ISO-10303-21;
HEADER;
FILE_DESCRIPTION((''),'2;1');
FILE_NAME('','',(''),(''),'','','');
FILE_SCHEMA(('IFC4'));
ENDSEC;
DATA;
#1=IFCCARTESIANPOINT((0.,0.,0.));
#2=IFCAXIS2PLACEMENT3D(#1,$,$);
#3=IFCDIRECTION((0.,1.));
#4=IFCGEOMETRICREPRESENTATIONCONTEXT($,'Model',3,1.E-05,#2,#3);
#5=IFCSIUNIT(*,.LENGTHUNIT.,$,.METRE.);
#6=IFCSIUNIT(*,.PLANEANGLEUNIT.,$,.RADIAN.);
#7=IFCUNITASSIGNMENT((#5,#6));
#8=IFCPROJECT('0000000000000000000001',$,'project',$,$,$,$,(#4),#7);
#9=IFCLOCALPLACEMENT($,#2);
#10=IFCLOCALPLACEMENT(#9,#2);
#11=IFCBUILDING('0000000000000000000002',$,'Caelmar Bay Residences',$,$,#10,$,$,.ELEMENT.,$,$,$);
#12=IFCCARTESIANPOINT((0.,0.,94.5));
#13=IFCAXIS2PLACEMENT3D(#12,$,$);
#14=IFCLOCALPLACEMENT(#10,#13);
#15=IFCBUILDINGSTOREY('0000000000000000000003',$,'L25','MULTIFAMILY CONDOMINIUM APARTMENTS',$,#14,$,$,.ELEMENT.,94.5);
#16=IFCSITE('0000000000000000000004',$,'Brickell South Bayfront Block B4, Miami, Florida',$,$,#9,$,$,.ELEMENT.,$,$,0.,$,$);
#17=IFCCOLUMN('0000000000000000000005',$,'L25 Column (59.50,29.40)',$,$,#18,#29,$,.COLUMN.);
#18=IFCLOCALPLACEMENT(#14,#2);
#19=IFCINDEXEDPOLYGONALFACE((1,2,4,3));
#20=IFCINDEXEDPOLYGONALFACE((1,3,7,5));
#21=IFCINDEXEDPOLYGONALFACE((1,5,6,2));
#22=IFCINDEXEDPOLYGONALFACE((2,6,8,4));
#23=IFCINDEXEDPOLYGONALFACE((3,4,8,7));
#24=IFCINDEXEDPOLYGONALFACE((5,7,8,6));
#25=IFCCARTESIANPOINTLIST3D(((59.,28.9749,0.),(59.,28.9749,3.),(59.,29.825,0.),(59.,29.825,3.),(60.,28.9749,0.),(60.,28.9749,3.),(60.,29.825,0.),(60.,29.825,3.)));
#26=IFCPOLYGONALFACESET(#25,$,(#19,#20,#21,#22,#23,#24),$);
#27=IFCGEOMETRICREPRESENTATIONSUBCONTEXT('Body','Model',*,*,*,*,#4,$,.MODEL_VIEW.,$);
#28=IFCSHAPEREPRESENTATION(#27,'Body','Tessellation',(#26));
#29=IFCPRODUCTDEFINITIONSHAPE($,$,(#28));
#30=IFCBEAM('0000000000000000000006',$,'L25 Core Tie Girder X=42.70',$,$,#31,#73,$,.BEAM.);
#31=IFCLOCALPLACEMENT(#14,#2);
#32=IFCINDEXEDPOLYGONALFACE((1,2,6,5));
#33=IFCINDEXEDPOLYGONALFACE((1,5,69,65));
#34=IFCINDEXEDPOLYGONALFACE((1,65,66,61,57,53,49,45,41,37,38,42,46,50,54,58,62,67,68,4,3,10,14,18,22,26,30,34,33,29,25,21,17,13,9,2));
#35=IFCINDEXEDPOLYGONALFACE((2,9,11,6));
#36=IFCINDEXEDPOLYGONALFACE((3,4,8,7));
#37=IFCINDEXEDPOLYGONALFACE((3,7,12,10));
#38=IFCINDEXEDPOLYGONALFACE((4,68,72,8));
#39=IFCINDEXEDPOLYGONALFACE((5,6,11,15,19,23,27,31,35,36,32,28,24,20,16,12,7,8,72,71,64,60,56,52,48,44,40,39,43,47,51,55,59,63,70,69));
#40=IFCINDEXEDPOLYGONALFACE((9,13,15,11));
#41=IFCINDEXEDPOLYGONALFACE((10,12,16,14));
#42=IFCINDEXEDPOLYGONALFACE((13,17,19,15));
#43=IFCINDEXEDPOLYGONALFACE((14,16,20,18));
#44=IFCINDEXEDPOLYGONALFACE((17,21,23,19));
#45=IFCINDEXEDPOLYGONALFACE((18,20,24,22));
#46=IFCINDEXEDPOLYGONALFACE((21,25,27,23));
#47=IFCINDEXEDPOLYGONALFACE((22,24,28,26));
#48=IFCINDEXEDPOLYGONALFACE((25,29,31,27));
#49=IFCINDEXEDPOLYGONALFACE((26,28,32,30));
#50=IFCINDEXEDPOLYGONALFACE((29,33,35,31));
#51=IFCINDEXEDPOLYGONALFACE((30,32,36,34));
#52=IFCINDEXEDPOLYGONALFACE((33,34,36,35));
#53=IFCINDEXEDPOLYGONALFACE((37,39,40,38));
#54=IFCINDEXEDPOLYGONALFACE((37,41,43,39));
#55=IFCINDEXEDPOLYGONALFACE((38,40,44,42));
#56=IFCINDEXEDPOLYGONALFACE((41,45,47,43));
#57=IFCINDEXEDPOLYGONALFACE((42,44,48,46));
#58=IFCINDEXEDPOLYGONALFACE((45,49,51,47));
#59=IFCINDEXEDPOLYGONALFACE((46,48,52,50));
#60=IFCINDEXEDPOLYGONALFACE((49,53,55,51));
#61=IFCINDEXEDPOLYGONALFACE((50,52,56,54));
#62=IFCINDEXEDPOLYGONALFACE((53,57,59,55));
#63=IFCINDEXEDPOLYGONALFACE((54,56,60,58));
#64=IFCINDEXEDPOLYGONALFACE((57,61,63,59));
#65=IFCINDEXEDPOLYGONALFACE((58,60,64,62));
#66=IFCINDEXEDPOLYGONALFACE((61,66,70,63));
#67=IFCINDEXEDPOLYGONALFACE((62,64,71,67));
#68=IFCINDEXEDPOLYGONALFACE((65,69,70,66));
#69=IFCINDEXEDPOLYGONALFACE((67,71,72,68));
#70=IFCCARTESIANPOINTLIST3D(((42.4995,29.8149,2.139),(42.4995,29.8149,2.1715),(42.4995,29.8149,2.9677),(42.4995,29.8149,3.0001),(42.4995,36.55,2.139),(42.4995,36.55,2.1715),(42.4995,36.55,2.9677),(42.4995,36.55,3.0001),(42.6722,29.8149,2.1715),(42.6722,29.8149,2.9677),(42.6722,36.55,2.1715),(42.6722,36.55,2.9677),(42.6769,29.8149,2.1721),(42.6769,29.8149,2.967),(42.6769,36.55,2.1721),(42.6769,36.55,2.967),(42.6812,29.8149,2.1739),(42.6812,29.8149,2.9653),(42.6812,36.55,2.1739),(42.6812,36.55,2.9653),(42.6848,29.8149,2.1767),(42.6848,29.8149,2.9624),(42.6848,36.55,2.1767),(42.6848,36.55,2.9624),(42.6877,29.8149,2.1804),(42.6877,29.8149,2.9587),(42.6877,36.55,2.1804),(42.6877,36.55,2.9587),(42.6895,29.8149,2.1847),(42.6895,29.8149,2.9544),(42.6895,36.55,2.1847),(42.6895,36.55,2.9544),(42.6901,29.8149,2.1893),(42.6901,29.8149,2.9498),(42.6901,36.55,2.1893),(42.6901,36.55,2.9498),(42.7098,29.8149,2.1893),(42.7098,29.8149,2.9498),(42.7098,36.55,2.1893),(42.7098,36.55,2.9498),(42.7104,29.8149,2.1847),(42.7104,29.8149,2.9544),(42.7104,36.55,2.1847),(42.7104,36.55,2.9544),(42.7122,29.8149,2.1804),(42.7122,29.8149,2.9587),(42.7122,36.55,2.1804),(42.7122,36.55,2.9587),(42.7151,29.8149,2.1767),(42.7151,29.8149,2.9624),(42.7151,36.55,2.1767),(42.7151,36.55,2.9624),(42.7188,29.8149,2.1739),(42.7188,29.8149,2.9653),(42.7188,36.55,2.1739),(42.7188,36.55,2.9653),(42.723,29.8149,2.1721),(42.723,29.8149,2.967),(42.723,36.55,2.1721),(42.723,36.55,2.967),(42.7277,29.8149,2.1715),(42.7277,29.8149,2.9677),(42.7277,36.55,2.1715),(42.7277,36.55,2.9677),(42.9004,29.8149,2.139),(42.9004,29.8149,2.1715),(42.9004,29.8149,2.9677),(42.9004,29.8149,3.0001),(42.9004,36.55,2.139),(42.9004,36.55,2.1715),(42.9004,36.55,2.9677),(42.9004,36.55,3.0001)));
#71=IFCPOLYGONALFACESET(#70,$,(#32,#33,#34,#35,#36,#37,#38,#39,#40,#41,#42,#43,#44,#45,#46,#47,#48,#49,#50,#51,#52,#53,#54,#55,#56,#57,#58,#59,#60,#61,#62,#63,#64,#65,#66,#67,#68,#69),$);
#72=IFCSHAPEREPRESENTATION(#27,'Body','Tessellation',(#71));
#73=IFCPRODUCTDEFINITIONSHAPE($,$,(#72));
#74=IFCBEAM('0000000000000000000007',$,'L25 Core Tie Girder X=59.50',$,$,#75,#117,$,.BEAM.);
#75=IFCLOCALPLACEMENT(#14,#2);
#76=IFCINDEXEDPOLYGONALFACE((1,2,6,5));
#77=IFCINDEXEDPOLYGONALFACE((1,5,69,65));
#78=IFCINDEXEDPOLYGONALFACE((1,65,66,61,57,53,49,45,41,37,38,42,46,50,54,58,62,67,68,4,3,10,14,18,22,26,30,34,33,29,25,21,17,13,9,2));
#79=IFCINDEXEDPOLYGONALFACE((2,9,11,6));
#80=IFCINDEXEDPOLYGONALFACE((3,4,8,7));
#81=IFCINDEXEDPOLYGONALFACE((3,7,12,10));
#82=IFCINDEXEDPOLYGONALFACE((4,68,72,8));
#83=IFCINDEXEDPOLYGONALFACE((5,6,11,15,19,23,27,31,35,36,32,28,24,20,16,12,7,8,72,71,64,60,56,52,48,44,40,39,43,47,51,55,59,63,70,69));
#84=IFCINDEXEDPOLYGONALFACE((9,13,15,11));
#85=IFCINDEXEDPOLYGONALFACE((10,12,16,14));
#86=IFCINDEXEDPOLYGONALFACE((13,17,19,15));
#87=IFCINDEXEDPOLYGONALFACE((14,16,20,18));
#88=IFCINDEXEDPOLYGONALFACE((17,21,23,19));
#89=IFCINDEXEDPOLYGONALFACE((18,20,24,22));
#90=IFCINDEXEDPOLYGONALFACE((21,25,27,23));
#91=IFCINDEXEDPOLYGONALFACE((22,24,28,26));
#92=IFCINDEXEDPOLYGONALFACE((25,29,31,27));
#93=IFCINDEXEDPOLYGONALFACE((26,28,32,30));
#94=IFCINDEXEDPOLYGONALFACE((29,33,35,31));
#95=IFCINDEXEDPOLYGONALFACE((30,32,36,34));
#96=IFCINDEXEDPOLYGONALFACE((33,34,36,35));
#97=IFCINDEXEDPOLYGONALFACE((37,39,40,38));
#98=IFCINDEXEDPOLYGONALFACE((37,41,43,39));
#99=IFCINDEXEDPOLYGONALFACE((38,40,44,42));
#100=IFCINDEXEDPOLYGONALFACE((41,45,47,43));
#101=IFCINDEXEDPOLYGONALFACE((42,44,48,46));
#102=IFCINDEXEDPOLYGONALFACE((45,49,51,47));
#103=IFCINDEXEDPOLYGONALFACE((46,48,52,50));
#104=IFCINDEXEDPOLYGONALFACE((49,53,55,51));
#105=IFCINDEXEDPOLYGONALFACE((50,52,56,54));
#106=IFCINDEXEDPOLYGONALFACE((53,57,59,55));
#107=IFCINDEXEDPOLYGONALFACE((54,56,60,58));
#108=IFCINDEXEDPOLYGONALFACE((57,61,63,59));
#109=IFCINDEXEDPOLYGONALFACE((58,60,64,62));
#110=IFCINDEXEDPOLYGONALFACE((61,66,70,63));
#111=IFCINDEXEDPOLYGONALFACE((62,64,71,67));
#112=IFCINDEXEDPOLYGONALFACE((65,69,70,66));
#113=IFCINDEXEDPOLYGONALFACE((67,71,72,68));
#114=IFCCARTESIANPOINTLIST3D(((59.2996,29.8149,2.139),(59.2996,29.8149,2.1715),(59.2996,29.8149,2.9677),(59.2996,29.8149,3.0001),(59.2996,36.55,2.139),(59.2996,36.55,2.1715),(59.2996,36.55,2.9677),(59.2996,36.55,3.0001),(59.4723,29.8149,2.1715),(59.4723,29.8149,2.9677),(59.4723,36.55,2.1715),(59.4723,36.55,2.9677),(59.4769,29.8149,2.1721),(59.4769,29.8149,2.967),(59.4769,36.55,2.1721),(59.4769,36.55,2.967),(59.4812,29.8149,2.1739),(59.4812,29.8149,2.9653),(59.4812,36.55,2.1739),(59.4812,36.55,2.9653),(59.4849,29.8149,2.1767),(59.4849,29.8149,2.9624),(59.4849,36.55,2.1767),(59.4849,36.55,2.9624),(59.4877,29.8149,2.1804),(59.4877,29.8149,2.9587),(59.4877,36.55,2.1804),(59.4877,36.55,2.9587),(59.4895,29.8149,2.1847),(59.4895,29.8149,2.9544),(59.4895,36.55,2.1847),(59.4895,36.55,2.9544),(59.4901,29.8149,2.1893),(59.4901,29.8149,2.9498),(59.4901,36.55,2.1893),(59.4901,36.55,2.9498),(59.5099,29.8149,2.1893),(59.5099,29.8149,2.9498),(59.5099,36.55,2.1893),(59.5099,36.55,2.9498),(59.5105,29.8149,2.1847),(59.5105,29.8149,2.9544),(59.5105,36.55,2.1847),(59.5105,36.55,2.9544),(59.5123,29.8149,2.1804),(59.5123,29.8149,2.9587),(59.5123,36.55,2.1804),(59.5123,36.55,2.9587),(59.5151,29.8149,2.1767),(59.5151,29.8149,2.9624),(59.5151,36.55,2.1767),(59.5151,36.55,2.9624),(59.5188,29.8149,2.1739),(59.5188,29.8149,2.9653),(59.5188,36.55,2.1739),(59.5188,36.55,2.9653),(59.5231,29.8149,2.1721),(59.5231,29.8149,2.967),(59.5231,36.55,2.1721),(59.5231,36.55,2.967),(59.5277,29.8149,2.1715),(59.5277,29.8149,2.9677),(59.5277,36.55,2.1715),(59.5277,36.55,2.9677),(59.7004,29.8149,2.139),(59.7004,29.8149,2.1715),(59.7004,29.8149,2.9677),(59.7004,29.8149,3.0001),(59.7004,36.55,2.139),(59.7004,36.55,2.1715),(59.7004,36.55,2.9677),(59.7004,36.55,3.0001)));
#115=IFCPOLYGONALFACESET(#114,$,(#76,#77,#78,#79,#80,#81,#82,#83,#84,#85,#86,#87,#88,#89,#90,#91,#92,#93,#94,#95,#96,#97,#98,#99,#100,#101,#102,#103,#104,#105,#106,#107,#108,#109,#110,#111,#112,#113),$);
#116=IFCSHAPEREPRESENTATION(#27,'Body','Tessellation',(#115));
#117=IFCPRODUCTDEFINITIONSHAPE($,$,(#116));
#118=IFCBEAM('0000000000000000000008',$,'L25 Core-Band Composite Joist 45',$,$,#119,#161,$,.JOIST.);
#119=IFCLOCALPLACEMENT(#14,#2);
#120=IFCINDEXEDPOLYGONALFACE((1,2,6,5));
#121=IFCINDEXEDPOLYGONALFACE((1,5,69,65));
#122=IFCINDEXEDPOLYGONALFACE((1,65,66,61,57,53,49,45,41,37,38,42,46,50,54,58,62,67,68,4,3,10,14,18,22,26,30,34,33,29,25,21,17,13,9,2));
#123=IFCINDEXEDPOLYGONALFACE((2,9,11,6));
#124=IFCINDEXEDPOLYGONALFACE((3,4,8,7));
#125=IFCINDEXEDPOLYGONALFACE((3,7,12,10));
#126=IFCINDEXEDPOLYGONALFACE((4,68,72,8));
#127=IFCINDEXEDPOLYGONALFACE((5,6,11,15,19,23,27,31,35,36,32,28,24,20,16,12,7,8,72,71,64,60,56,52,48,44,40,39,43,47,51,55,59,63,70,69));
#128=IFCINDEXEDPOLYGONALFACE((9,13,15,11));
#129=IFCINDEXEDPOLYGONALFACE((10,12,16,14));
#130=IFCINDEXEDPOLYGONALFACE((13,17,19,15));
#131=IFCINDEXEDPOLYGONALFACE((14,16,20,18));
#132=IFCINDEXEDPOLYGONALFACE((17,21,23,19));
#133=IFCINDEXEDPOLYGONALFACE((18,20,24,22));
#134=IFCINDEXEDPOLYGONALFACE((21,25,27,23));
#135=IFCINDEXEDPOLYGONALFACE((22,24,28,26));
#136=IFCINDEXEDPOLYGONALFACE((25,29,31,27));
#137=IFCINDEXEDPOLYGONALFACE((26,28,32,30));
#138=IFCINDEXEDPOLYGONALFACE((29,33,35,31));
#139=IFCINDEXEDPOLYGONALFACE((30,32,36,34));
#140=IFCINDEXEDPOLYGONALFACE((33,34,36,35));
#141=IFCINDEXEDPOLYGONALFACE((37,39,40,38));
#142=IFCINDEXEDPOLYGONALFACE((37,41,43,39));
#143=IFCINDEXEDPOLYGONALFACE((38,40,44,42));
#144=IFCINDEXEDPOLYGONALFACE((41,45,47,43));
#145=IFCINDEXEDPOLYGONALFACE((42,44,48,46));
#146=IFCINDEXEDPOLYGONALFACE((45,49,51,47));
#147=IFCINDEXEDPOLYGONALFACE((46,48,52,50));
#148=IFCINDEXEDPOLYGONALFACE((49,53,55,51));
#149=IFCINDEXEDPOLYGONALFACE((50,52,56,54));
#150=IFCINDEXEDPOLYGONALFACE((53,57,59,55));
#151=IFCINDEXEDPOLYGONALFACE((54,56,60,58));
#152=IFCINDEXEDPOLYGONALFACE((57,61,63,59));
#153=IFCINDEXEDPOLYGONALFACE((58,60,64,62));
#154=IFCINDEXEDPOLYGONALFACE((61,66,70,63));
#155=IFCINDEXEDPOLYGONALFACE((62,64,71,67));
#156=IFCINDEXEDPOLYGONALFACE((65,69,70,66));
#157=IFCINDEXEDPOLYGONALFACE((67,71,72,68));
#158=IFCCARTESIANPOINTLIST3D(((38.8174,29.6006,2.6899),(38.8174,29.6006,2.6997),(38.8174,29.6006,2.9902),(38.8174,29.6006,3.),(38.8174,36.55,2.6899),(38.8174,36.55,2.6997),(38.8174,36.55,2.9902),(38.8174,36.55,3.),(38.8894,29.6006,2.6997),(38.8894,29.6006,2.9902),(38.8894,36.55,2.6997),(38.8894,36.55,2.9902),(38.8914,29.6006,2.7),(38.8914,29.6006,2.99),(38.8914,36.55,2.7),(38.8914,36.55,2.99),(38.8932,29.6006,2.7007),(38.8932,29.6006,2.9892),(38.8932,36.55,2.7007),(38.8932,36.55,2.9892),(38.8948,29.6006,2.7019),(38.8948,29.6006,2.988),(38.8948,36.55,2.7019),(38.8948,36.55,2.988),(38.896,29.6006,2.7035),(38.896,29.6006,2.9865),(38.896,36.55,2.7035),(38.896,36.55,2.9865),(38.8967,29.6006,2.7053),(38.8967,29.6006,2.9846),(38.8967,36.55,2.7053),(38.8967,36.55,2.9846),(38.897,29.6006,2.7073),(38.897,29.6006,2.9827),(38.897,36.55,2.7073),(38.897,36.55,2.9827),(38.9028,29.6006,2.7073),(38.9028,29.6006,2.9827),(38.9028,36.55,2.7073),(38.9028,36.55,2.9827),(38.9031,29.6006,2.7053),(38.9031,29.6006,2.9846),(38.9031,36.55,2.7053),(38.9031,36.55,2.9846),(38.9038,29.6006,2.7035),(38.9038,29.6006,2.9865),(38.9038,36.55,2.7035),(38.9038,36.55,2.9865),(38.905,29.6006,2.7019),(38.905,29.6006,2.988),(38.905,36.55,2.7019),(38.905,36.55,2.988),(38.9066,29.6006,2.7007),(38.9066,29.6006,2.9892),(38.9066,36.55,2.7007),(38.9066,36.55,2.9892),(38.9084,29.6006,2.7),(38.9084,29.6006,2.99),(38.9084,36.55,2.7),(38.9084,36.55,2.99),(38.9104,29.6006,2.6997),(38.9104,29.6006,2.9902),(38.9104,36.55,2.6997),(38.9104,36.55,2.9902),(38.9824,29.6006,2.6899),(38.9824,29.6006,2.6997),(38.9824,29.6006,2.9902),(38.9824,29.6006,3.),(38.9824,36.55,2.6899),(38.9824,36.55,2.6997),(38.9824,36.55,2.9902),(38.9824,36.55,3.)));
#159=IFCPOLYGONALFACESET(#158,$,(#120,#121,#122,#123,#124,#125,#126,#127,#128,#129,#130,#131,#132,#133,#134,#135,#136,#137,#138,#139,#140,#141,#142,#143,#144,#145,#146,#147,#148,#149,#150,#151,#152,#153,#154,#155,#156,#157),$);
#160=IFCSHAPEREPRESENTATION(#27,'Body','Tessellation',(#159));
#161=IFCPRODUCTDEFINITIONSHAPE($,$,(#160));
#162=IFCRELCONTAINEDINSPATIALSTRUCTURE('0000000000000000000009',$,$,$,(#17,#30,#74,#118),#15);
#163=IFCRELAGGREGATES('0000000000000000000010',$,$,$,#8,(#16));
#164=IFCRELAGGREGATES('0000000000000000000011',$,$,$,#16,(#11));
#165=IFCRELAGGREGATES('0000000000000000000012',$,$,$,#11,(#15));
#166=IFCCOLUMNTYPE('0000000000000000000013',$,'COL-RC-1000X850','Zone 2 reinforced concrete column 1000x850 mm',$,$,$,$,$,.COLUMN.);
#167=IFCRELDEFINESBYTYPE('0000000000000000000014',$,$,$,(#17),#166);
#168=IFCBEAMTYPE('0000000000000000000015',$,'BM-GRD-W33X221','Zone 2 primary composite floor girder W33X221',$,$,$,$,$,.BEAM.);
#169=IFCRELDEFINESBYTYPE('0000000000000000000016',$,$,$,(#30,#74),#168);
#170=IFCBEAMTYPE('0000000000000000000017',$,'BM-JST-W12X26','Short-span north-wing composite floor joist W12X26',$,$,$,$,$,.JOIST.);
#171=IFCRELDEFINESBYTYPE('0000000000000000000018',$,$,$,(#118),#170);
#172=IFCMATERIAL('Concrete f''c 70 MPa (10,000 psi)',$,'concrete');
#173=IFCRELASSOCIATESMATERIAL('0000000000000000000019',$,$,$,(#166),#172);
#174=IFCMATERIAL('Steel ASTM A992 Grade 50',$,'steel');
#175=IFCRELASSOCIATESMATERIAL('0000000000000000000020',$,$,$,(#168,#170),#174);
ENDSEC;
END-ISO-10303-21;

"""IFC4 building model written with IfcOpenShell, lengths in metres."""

from ifc_helpers import new_model, si_unit, direction, frame, origin, origin_2d, place, context, subcontext, project, spatial, rectangle, i_section, extrude, material, material_profile, profile_set, type_object, element, save


model = new_model("IFC4")

# Units and contexts
model_context = context("Model", 3, precision=1e-05, world=origin(), true_north=direction((0.0, 1.0)))
body_context = subcontext(model_context, "Body", "Model", "MODEL_VIEW")
ifc_project = project(units=[si_unit("LENGTHUNIT", "METRE"), si_unit("PLANEANGLEUNIT", "RADIAN")], contexts=[model_context])

# Site, building, storey
site_placement = place(None, origin())
site = spatial("IfcSite", under=ifc_project, at=site_placement, Name="Brickell South Bayfront Block B4, Miami, Florida", CompositionType="ELEMENT", RefElevation=0.0)
building_placement = place(site_placement, origin())
building = spatial("IfcBuilding", under=site, at=building_placement, Name="Caelmar Bay Residences", CompositionType="ELEMENT")
storey_placement = place(building_placement, frame((0.0, 0.0, 94.5)))
storey = spatial("IfcBuildingStorey", under=building, at=storey_placement, Name="L25", Description="MULTIFAMILY CONDOMINIUM APARTMENTS", CompositionType="ELEMENT", Elevation=94.5)

# Column
ifc_material_1 = material(Name="Concrete f'c 70 MPa (10,000 psi)", Category="concrete")
ifc_material_profile_1 = material_profile(ifc_material_1, rectangle(XDim=1.0, YDim=0.8501, at=origin_2d()), Name="RC-COL-1000X850")
ifc_profile_set_1 = profile_set([ifc_material_profile_1], Name="Concrete f'c 70 MPa (10,000 psi)")
column_type = type_object("IfcColumnType", Name="COL-RC-1000X850", Description="Zone 2 reinforced concrete column 1000x850 mm", PredefinedType="COLUMN", material=ifc_profile_set_1)
column_placement = place(storey_placement, frame((59.5, 29.3999, 0.0), z_axis=(0.0, 0.0, 1.0), x_axis=(1.0, 0.0, 0.0)))
element("IfcColumn", 1, at=column_placement, inside=storey, type_object=column_type, Name="L25 Column (59.50,29.40)", PredefinedType="COLUMN", context=body_context, shape_type="SweptSolid", body=[
    extrude(rectangle(XDim=1.0, YDim=0.8501, at=origin_2d()), origin(), (0.0, 0.0, 1.0), 3.0),
])

# Beams
ifc_material_2 = material(Name="Steel ASTM A992 Grade 50", Category="steel")
ifc_material_profile_2 = material_profile(ifc_material_2, i_section(OverallWidth=0.4009, OverallDepth=0.8611, WebThickness=0.0198, FlangeThickness=0.0325, FilletRadius=0.0178, at=origin_2d()), Name="W33X221")
ifc_profile_set_2 = profile_set([ifc_material_profile_2], Name="Steel ASTM A992 Grade 50")
beam_type_1 = type_object("IfcBeamType", Name="BM-GRD-W33X221", Description="Zone 2 primary composite floor girder W33X221", PredefinedType="BEAM", material=ifc_profile_set_2)
for number, where, z_axis, x_axis, name in (
    (2, (42.7, 29.8149, 2.5696), (0.0, 1.0, 0.0), (-1.0, 0.0, 0.0), "L25 Core Tie Girder X=42.70"),
    (3, (59.5, 29.8149, 2.5696), (0.0, 1.0, 0.0), (-1.0, 0.0, 0.0), "L25 Core Tie Girder X=59.50"),
):
    element("IfcBeam", number, at=place(storey_placement, frame(where, z_axis=z_axis, x_axis=x_axis)), inside=storey, type_object=beam_type_1, Name=name, PredefinedType="BEAM", context=body_context, shape_type="SweptSolid", body=[
        extrude(i_section(OverallWidth=0.4009, OverallDepth=0.8611, WebThickness=0.0198, FlangeThickness=0.0325, FilletRadius=0.0178, at=origin_2d()), origin(), (0.0, 0.0, 1.0), 6.7351),
    ])
ifc_material_profile_3 = material_profile(ifc_material_2, i_section(OverallWidth=0.165, OverallDepth=0.3101, WebThickness=0.0059, FlangeThickness=0.0098, FilletRadius=0.0076, at=origin_2d()), Name="W12X26")
ifc_profile_set_3 = profile_set([ifc_material_profile_3], Name="Steel ASTM A992 Grade 50")
beam_type_2 = type_object("IfcBeamType", Name="BM-JST-W12X26", Description="Short-span north-wing composite floor joist W12X26", PredefinedType="JOIST", material=ifc_profile_set_3)
for number, where, z_axis, x_axis, name in (
    (4, (38.8999, 29.6006, 2.845), (0.0, 1.0, 0.0), (-1.0, 0.0, 0.0), "L25 Core-Band Composite Joist 45"),
):
    element("IfcBeam", number, at=place(storey_placement, frame(where, z_axis=z_axis, x_axis=x_axis)), inside=storey, type_object=beam_type_2, Name=name, PredefinedType="JOIST", context=body_context, shape_type="SweptSolid", body=[
        extrude(i_section(OverallWidth=0.165, OverallDepth=0.3101, WebThickness=0.0059, FlangeThickness=0.0098, FilletRadius=0.0076, at=origin_2d()), origin(), (0.0, 0.0, 1.0), 6.9495),
    ])

save(model, "model.ifc")
